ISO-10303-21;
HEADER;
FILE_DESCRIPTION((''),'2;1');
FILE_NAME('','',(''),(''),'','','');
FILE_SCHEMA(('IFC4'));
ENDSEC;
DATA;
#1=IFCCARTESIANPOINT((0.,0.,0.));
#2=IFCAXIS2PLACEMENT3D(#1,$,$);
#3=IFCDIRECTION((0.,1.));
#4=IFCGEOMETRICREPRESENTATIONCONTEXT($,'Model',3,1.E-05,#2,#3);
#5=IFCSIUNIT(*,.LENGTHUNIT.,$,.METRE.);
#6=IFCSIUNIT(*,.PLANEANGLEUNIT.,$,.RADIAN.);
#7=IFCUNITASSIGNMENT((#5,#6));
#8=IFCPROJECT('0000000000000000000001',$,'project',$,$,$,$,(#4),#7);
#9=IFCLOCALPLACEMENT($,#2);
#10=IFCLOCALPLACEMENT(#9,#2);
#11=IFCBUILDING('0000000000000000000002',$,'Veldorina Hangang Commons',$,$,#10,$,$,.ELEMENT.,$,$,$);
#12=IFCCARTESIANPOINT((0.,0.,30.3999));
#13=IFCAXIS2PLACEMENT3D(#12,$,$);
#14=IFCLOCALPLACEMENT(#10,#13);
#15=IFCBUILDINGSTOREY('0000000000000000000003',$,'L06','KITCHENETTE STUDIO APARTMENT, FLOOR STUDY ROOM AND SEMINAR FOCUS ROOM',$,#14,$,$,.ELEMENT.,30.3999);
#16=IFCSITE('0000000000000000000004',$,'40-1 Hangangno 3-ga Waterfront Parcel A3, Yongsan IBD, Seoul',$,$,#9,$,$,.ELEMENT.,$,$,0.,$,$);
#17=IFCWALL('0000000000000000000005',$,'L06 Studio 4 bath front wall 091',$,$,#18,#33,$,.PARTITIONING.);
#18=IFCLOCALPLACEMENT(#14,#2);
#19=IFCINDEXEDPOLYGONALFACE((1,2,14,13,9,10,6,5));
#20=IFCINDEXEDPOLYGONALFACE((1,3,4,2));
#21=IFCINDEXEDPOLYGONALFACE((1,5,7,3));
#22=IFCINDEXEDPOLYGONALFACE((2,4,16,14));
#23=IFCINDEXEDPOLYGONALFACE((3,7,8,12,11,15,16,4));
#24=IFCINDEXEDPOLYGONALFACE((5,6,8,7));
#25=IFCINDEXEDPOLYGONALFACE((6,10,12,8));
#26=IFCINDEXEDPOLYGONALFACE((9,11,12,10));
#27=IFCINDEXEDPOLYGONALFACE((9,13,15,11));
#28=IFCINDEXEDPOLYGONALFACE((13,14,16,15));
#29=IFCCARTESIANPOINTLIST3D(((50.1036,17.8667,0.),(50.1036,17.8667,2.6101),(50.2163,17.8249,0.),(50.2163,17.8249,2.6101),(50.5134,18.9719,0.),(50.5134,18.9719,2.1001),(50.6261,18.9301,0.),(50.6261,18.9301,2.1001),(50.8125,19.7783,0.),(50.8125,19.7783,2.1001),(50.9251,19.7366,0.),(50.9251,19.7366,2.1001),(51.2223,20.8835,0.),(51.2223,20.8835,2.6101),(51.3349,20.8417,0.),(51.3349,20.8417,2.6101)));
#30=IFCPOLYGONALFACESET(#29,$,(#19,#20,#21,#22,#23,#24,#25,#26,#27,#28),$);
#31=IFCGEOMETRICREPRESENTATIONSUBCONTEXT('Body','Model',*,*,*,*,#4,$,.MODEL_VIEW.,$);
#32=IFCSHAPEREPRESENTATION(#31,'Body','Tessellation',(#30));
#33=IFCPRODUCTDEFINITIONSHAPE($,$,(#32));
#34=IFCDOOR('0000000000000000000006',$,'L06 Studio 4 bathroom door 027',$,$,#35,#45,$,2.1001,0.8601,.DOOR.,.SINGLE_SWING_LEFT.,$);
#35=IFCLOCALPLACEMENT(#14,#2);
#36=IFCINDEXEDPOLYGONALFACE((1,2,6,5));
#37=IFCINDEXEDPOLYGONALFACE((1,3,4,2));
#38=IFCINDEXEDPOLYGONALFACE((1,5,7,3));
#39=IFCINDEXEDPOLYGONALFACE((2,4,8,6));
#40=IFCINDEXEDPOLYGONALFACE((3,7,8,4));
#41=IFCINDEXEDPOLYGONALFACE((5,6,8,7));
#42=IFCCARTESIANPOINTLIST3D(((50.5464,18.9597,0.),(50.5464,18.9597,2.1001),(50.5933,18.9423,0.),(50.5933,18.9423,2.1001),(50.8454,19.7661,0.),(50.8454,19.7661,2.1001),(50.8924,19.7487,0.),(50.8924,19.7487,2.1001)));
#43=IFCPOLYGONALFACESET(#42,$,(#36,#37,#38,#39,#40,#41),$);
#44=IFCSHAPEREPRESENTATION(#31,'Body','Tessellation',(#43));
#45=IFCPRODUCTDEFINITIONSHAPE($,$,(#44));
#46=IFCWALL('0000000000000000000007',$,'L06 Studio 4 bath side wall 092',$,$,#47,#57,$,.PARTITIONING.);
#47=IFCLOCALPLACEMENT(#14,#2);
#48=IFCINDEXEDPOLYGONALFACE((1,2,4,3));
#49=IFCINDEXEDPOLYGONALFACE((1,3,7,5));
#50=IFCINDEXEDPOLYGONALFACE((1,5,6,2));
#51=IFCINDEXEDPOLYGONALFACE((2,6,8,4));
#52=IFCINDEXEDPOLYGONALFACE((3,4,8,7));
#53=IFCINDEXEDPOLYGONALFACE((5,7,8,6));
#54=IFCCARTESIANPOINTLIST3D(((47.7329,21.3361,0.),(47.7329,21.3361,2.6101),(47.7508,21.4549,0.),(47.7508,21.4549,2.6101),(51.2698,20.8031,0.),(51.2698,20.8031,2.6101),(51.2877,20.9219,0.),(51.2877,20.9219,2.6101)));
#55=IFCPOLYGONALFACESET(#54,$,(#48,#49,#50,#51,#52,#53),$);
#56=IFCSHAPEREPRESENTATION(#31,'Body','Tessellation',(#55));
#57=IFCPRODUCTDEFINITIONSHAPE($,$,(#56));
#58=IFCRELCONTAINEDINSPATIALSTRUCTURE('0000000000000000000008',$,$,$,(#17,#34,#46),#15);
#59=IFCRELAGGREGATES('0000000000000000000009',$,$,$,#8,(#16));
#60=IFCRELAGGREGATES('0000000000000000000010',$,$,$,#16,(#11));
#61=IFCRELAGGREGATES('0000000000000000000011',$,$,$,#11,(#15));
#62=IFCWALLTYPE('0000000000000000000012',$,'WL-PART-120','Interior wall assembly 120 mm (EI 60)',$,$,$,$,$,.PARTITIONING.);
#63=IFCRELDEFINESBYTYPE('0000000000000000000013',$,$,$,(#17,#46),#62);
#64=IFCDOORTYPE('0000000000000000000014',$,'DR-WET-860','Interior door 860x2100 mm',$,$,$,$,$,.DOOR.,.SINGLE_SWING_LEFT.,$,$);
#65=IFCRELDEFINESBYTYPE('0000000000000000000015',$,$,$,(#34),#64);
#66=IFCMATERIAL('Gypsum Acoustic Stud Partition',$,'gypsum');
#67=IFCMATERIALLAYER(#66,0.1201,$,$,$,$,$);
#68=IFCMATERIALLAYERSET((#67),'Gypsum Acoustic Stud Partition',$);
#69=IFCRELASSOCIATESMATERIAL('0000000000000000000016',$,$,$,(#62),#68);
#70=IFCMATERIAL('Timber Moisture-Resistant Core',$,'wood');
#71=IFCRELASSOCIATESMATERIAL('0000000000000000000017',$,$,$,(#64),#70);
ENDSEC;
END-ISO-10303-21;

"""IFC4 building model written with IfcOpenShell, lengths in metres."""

from ifc_helpers import new_model, si_unit, direction, frame, frame_2d, origin, place, context, subcontext, project, spatial, rectangle, extrude, material, layer, layer_set, type_object, element, fill, save


model = new_model("IFC4")

# Units and contexts
model_context = context("Model", 3, precision=1e-05, world=origin(), true_north=direction((0.0, 1.0)))
body_context = subcontext(model_context, "Body", "Model", "MODEL_VIEW")
ifc_project = project(units=[si_unit("LENGTHUNIT", "METRE"), si_unit("PLANEANGLEUNIT", "RADIAN")], contexts=[model_context])

# Site, building, storey
site_placement = place(None, origin())
site = spatial("IfcSite", under=ifc_project, at=site_placement, Name="40-1 Hangangno 3-ga Waterfront Parcel A3, Yongsan IBD, Seoul", CompositionType="ELEMENT", RefElevation=0.0)
building_placement = place(site_placement, origin())
building = spatial("IfcBuilding", under=site, at=building_placement, Name="Veldorina Hangang Commons", CompositionType="ELEMENT")
storey_placement = place(building_placement, frame((0.0, 0.0, 30.3999)))
storey = spatial("IfcBuildingStorey", under=building, at=storey_placement, Name="L06", Description="KITCHENETTE STUDIO APARTMENT, FLOOR STUDY ROOM AND SEMINAR FOCUS ROOM", CompositionType="ELEMENT", Elevation=30.3999)

# Shared definitions
ifc_material_1 = material(Name="Gypsum Acoustic Stud Partition", Category="gypsum")
ifc_layer_1 = layer(ifc_material_1, 0.1201)
ifc_layer_set_1 = layer_set([ifc_layer_1], Name="Gypsum Acoustic Stud Partition")
wall_type_1 = type_object("IfcWallType", Name="WL-PART-120", Description="Interior wall assembly 120 mm (EI 60)", PredefinedType="PARTITIONING", material=ifc_layer_set_1)

# Wall, opening, door
wall_1_placement = place(storey_placement, frame((50.1599, 17.8457, 0.0), z_axis=(0.0, 0.0, 1.0), x_axis=(0.34767, 0.937617, 0.0)))
wall_1 = element("IfcWall", 1, at=wall_1_placement, inside=storey, type_object=wall_type_1, Name="L06 Studio 4 bath front wall 091", PredefinedType="PARTITIONING", context=body_context, shape_type="SweptSolid", body=[
    extrude(rectangle(XDim=3.2175, YDim=0.1201, at=frame_2d((1.6089, 0.0))), origin(), (0.0, 0.0, 1.0), 2.6101),
])
opening_1_placement = place(wall_1_placement, frame((1.1787, 0.0, 0.0)))
opening_1 = element("IfcOpeningElement", 2, at=opening_1_placement, cuts=wall_1, PredefinedType="OPENING", context=body_context, shape_type="SweptSolid", body=[
    extrude(rectangle(XDim=0.8601, YDim=2.1001, at=frame_2d((0.4302, 1.05))), frame((0.0, 0.0701, 0.0), z_axis=(0.0, -1.0, 0.0), x_axis=(1.0, 0.0, 0.0)), (0.0, 0.0, 1.0), 0.1401),
])
ifc_material_2 = material(Name="Timber Moisture-Resistant Core", Category="wood")
door_type_1 = type_object("IfcDoorType", Name="DR-WET-860", Description="Interior door 860x2100 mm", OperationType="SINGLE_SWING_LEFT", PredefinedType="DOOR", material=ifc_material_2)
door_1_placement = place(opening_1_placement, origin())
door_1 = element("IfcDoor", 3, at=door_1_placement, inside=storey, type_object=door_type_1, Name="L06 Studio 4 bathroom door 027", OperationType="SINGLE_SWING_LEFT", OverallHeight=2.1001, OverallWidth=0.8601, PredefinedType="DOOR", context=body_context, shape_type="SweptSolid", body=[
    extrude(rectangle(XDim=0.8601, YDim=2.1001, at=frame_2d((0.4302, 1.05))), frame((0.0, 0.0249, 0.0), z_axis=(0.0, -1.0, 0.0), x_axis=(1.0, 0.0, 0.0)), (0.0, 0.0, 1.0), 0.05),
])
fill(opening_1, door_1)

# Wall
wall_2_placement = place(storey_placement, frame((47.7417, 21.3955, 0.0), z_axis=(0.0, 0.0, 1.0), x_axis=(0.988836, -0.149005, 0.0)))
element("IfcWall", 4, at=wall_2_placement, inside=storey, type_object=wall_type_1, Name="L06 Studio 4 bath side wall 092", PredefinedType="PARTITIONING", context=body_context, shape_type="SweptSolid", body=[
    extrude(rectangle(XDim=3.5769, YDim=0.1201, at=frame_2d((1.7886, 0.0))), origin(), (0.0, 0.0, 1.0), 2.6101),
])

save(model, "model.ifc")
